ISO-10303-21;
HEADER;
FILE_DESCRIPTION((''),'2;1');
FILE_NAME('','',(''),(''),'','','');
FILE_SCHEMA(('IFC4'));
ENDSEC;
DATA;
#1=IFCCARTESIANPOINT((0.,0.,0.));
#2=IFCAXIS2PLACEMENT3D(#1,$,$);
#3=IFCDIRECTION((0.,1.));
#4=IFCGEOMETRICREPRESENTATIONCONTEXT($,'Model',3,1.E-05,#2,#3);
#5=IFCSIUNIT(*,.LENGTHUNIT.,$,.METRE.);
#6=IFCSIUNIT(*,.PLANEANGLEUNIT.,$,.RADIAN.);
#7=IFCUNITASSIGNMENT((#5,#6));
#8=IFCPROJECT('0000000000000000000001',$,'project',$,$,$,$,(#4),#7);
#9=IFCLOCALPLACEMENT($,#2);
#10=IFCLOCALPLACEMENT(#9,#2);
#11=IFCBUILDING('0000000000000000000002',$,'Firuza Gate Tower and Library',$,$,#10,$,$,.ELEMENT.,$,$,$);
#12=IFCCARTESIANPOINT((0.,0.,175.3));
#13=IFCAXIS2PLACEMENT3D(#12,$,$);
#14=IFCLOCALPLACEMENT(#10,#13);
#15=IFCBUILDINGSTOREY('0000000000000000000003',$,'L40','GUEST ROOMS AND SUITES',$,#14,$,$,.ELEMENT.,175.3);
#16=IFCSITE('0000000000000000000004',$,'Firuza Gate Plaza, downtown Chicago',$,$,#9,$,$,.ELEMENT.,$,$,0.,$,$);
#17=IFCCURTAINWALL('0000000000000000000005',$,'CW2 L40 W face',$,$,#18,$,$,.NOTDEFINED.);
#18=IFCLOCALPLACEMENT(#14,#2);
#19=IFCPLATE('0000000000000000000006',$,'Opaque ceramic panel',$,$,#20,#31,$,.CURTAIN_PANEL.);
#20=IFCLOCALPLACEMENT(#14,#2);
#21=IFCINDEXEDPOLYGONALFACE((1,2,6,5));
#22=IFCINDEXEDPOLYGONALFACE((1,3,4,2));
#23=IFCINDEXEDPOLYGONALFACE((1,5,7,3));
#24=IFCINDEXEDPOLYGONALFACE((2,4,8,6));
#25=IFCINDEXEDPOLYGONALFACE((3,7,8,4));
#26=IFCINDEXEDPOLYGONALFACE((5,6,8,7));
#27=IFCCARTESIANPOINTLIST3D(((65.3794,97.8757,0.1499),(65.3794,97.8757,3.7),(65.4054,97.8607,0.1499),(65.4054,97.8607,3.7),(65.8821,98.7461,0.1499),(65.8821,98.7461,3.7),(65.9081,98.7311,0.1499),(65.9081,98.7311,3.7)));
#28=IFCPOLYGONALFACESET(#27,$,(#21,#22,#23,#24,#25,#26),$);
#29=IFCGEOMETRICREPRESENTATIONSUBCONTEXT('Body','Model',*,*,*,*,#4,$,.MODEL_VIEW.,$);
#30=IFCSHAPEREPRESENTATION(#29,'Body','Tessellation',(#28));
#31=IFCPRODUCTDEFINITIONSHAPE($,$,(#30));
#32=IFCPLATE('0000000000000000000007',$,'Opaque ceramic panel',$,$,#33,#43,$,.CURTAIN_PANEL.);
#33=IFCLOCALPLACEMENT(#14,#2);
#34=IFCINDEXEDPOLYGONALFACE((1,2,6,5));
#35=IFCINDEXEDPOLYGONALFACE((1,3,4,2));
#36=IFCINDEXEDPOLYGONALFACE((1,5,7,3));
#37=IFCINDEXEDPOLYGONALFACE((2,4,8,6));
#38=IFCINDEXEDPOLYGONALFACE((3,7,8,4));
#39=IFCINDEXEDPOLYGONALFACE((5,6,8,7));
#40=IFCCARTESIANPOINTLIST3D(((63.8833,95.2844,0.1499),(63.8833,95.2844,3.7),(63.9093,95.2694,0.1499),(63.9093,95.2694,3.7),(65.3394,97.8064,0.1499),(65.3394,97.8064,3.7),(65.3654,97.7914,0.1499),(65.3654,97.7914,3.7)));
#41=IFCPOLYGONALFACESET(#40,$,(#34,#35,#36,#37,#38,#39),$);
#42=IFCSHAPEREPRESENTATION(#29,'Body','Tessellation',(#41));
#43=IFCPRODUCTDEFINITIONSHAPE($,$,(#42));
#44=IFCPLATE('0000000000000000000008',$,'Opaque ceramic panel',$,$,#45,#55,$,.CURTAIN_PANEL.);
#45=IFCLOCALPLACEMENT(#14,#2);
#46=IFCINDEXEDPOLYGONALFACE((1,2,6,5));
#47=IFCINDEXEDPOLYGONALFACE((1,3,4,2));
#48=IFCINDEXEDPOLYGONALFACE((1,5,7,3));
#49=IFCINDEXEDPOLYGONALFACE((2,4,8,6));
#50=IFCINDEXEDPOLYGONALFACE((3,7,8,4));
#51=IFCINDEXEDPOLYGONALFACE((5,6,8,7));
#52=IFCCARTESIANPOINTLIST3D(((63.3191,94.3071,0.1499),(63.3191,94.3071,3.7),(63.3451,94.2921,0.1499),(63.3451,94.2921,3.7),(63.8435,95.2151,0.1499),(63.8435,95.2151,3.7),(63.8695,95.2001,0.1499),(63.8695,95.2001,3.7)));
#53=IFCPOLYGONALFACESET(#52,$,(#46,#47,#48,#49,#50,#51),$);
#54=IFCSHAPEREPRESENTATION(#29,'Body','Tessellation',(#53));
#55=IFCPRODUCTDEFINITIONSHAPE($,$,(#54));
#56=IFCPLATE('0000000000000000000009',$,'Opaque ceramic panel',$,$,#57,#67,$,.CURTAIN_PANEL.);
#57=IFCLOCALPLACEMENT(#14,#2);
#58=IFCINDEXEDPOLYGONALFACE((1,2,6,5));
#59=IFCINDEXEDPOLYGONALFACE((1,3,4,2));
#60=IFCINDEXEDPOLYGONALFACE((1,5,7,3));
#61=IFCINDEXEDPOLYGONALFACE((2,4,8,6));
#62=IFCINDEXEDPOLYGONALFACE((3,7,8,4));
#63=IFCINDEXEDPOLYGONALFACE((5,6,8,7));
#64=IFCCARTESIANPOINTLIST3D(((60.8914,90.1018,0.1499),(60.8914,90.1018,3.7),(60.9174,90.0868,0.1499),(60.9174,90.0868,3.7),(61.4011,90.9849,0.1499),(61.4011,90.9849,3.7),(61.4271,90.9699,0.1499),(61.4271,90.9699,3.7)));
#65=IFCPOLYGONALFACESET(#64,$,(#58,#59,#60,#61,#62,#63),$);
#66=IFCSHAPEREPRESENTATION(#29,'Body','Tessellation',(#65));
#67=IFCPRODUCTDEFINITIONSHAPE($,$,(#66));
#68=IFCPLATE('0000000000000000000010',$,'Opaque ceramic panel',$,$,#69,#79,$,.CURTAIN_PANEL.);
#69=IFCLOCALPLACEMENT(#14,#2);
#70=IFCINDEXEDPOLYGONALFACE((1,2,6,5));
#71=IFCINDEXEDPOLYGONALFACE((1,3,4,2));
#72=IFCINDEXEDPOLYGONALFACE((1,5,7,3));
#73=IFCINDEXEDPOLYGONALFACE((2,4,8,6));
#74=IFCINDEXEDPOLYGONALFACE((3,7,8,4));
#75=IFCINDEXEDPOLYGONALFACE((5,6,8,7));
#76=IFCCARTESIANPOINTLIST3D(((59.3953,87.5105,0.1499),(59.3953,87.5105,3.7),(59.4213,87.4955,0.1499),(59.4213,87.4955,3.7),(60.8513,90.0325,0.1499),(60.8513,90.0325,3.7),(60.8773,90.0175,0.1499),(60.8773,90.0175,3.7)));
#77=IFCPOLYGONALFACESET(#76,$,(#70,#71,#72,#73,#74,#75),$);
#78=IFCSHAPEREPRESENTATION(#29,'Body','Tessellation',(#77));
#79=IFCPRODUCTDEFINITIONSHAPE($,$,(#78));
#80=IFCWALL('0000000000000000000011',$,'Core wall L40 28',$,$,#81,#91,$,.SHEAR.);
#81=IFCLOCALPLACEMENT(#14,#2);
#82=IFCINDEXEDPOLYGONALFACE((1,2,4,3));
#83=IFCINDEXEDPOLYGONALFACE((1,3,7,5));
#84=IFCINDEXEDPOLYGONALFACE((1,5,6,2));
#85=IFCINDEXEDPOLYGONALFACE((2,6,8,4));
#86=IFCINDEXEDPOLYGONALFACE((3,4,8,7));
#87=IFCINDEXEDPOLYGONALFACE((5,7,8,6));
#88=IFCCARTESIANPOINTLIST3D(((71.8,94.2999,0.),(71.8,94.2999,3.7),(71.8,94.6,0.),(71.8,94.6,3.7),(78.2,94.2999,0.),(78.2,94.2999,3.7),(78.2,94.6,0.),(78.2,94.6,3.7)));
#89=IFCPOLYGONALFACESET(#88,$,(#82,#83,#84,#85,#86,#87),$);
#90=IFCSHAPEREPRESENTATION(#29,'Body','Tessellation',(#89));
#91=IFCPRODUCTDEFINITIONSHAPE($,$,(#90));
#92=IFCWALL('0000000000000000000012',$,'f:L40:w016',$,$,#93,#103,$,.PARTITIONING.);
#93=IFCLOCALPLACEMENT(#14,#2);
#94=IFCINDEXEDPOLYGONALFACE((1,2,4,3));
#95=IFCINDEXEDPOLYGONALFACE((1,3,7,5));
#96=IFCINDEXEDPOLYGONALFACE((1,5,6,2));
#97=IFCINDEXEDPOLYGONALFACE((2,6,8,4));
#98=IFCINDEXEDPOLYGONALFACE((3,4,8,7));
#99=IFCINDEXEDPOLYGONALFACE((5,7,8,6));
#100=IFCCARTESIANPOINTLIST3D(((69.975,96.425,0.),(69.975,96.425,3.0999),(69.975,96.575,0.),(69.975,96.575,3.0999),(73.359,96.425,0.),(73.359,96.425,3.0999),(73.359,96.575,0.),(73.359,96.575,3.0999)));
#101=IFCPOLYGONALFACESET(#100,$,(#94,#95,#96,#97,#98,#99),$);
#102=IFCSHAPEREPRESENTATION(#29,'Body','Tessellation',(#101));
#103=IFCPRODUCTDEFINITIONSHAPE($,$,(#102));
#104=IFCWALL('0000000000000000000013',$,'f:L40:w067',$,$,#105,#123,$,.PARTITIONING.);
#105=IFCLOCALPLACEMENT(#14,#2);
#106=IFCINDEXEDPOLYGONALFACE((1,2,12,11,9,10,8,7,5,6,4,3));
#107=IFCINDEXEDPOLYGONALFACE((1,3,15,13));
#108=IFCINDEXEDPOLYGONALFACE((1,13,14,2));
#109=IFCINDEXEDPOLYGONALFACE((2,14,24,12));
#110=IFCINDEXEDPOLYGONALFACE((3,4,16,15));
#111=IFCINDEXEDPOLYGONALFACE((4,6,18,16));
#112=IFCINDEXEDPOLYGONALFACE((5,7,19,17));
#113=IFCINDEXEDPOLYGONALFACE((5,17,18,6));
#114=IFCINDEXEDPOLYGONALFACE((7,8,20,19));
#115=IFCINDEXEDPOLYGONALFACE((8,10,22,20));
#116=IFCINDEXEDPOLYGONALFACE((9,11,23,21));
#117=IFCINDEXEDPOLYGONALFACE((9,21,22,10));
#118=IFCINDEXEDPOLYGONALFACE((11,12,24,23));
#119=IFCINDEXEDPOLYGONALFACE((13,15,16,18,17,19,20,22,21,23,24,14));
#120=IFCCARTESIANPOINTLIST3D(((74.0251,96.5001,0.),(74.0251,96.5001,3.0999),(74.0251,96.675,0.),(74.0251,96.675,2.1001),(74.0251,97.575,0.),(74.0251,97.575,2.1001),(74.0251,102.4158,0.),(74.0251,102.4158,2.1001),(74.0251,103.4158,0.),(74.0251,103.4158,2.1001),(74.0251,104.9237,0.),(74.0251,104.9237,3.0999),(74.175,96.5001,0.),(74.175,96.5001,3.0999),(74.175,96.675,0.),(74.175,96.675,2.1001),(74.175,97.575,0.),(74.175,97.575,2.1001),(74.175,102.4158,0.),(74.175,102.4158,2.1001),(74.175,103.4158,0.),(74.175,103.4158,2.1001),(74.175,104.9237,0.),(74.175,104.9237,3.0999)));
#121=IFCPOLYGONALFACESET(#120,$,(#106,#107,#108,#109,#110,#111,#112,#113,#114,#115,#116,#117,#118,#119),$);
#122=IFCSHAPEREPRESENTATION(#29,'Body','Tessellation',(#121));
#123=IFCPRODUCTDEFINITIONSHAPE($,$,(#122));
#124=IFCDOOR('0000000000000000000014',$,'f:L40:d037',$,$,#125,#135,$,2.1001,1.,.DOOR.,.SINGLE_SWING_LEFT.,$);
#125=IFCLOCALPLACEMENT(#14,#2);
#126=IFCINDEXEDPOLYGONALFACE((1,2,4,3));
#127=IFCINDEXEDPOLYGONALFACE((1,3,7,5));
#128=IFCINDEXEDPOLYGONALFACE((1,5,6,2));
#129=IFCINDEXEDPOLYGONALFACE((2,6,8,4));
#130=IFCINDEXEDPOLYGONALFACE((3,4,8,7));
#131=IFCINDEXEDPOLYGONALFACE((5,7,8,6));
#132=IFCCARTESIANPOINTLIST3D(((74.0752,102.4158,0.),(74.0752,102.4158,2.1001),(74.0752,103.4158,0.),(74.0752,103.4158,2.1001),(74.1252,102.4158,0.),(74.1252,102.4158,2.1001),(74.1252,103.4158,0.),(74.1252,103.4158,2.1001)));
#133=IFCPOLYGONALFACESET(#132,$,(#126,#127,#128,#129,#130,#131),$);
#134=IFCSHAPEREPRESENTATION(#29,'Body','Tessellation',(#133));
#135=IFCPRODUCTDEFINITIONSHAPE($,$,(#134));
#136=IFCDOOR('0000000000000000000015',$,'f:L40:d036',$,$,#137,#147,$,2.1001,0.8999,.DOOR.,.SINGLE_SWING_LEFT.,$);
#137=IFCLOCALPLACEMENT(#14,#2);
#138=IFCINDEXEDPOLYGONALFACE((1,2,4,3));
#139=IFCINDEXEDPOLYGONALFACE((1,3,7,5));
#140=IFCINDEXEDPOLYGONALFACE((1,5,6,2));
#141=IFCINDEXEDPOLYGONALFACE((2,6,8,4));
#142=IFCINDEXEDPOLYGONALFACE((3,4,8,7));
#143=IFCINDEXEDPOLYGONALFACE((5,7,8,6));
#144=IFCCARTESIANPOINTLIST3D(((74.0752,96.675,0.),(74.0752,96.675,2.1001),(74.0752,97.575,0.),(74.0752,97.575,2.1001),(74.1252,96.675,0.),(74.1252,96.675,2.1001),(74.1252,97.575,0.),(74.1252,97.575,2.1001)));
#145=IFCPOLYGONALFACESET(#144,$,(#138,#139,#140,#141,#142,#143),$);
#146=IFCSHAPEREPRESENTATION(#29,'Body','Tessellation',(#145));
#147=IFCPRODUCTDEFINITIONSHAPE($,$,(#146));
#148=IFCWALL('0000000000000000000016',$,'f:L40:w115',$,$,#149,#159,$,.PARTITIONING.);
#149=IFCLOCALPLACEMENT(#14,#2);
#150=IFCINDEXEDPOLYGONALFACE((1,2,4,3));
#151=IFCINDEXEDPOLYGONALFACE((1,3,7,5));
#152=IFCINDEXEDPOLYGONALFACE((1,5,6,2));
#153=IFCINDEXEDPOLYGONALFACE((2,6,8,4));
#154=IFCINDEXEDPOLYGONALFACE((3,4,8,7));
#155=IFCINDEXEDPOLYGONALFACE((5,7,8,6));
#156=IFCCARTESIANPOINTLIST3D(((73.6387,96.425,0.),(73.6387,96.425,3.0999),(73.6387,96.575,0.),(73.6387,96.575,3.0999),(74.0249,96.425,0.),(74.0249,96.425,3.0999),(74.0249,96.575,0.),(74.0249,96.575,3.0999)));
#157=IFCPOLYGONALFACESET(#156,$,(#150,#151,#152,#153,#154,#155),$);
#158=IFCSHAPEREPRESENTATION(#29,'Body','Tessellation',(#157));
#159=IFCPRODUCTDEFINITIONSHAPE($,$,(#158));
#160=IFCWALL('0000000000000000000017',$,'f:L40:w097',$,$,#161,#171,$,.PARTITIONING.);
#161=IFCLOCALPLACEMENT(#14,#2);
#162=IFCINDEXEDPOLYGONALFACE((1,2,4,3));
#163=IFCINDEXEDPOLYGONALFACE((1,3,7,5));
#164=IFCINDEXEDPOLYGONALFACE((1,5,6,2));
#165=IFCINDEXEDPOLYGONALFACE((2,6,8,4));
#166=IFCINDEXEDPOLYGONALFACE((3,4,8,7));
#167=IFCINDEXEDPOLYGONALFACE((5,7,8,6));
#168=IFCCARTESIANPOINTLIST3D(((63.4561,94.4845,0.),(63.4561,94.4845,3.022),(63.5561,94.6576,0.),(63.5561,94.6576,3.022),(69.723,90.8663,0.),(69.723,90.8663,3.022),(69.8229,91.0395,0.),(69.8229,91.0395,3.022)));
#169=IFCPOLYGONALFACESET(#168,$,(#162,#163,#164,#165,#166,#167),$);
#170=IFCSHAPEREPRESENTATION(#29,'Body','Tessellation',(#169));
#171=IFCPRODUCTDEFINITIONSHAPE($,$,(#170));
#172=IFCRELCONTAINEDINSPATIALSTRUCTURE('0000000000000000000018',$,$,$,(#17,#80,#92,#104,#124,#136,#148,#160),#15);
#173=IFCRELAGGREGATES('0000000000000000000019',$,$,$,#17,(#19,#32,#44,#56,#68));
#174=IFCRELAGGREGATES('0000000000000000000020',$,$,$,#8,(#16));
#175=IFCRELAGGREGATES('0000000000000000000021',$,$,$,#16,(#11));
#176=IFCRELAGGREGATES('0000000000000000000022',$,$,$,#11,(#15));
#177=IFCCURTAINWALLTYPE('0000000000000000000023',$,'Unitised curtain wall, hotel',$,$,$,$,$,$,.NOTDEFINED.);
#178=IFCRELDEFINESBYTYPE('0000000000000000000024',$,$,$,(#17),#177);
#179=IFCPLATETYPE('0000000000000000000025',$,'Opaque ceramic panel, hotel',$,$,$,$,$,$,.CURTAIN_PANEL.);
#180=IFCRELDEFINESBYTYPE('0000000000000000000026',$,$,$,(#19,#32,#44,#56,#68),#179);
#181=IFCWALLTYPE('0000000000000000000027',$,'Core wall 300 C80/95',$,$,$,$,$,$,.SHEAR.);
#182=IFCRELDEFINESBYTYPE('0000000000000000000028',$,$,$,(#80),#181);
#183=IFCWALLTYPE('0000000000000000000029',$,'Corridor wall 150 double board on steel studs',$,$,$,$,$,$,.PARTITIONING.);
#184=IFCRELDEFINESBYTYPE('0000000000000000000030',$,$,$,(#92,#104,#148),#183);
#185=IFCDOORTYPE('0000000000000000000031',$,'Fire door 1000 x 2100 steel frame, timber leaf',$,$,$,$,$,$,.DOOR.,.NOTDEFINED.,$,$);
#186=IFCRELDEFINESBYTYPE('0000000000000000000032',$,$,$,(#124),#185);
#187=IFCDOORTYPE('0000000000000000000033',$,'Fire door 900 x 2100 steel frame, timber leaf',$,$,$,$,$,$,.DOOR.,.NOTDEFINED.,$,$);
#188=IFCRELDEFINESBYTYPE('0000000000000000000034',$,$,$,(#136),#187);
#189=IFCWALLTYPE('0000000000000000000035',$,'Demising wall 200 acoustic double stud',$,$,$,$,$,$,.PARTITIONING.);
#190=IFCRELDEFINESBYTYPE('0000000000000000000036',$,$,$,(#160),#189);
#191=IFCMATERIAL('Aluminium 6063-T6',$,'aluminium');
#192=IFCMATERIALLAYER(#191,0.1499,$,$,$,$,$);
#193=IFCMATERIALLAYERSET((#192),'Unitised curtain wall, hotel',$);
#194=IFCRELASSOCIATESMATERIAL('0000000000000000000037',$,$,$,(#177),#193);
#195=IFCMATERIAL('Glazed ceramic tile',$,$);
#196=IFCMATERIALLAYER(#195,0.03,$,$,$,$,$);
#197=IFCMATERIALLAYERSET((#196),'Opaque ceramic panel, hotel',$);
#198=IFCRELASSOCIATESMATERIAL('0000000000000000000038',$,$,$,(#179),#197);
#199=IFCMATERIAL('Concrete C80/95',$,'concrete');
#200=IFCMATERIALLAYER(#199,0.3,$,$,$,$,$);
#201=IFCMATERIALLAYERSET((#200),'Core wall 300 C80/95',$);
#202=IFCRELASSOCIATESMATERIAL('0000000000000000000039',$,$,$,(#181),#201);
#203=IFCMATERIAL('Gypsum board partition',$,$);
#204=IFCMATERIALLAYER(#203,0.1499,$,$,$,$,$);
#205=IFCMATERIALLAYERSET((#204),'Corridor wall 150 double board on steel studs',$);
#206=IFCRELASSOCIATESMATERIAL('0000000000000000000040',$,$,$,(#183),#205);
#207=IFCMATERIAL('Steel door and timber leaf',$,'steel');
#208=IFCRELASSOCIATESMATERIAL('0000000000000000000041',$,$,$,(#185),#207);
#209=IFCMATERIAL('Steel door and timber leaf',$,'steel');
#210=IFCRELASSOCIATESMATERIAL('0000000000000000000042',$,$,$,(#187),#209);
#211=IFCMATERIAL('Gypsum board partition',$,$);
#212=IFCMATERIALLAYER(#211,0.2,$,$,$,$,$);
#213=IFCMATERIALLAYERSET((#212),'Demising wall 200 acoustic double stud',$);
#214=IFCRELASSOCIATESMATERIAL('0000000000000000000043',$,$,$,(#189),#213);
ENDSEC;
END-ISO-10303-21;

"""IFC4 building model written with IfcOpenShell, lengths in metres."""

from ifc_helpers import new_model, si_unit, direction, frame, frame_2d, origin, place, context, subcontext, project, spatial, polyline, rectangle, outline, extrude, material, layer, layer_set, type_object, element, fill, aggregate, save


model = new_model("IFC4")

# Units and contexts
model_context = context("Model", 3, precision=1e-05, world=origin(), true_north=direction((0.0, 1.0)))
body_context = subcontext(model_context, "Body", "Model", "MODEL_VIEW")
ifc_project = project(units=[si_unit("LENGTHUNIT", "METRE"), si_unit("PLANEANGLEUNIT", "RADIAN")], contexts=[model_context])

# Site, building, storey
site_placement = place(None, origin())
site = spatial("IfcSite", under=ifc_project, at=site_placement, Name="Firuza Gate Plaza, downtown Chicago", CompositionType="ELEMENT", RefElevation=0.0)
building_placement = place(site_placement, origin())
building = spatial("IfcBuilding", under=site, at=building_placement, Name="Firuza Gate Tower and Library", CompositionType="ELEMENT")
storey_placement = place(building_placement, frame((0.0, 0.0, 175.3)))
storey = spatial("IfcBuildingStorey", under=building, at=storey_placement, Name="L40", Description="GUEST ROOMS AND SUITES", CompositionType="ELEMENT", Elevation=175.3)

# Curtain wall
ifc_material_1 = material(Name="Aluminium 6063-T6", Category="aluminium")
ifc_layer_1 = layer(ifc_material_1, 0.1499)
ifc_layer_set_1 = layer_set([ifc_layer_1], Name="Unitised curtain wall, hotel")
curtain_wall_type = type_object("IfcCurtainWallType", Name="Unitised curtain wall, hotel", PredefinedType="NOTDEFINED", material=ifc_layer_set_1)
placement = place(storey_placement, origin())
curtain_wall = element("IfcCurtainWall", 1, at=placement, inside=storey, type_object=curtain_wall_type, Name="CW2 L40 W face", PredefinedType="NOTDEFINED")

# Plates
ifc_material_2 = material(Name="Glazed ceramic tile")
ifc_layer_2 = layer(ifc_material_2, 0.03)
ifc_layer_set_2 = layer_set([ifc_layer_2], Name="Opaque ceramic panel, hotel")
plate_type_1 = type_object("IfcPlateType", Name="Opaque ceramic panel, hotel", PredefinedType="CURTAIN_PANEL", material=ifc_layer_set_2)
plate_1_placement = place(storey_placement, frame((65.8821, 98.7461, 0.1499), z_axis=(-0.865947, 0.500136, 0.0), x_axis=(-0.500136, -0.865947, 0.0)))
plate_1 = element("IfcPlate", 2, at=plate_1_placement, type_object=plate_type_1, Name="Opaque ceramic panel", PredefinedType="CURTAIN_PANEL", context=body_context, shape_type="SweptSolid", body=[
    extrude(outline(polyline([(0.0, 0.0), (1.0051, 0.0), (1.0051, 3.55), (0.0, 3.55), (0.0, 0.0)])), origin(), (0.0, 0.0, -1.0), 0.03),
])
plate_2_placement = place(storey_placement, frame((65.3394, 97.8064, 0.1499), z_axis=(-0.866026, 0.499998, 0.0), x_axis=(-0.499998, -0.866026, 0.0)))
plate_2 = element("IfcPlate", 3, at=plate_2_placement, type_object=plate_type_1, Name="Opaque ceramic panel", PredefinedType="CURTAIN_PANEL", context=body_context, shape_type="SweptSolid", body=[
    extrude(outline(polyline([(0.0, 0.0), (2.9121, 0.0), (2.9121, 3.55), (0.0, 3.55), (0.0, 0.0)])), origin(), (0.0, 0.0, -1.0), 0.03),
])
plate_3_placement = place(storey_placement, frame((63.8435, 95.2151, 0.1499), z_axis=(-0.865941, 0.500146, 0.0), x_axis=(-0.500146, -0.865941, 0.0)))
plate_3 = element("IfcPlate", 4, at=plate_3_placement, type_object=plate_type_1, Name="Opaque ceramic panel", PredefinedType="CURTAIN_PANEL", context=body_context, shape_type="SweptSolid", body=[
    extrude(outline(polyline([(0.0, 0.0), (1.0485, 0.0), (1.0485, 3.55), (0.0, 3.55), (0.0, 0.0)])), origin(), (0.0, 0.0, -1.0), 0.03),
])
plate_4_placement = place(storey_placement, frame((61.4011, 90.9849, 0.1499), z_axis=(-0.866054, 0.49995, 0.0), x_axis=(-0.49995, -0.866054, 0.0)))
plate_4 = element("IfcPlate", 5, at=plate_4_placement, type_object=plate_type_1, Name="Opaque ceramic panel", PredefinedType="CURTAIN_PANEL", context=body_context, shape_type="SweptSolid", body=[
    extrude(outline(polyline([(0.0, 0.0), (1.0196, 0.0), (1.0196, 3.55), (0.0, 3.55), (0.0, 0.0)])), origin(), (0.0, 0.0, -1.0), 0.03),
])
plate_5_placement = place(storey_placement, frame((60.8513, 90.0325, 0.1499), z_axis=(-0.866026, 0.499998, 0.0), x_axis=(-0.499998, -0.866026, 0.0)))
plate_5 = element("IfcPlate", 6, at=plate_5_placement, type_object=plate_type_1, Name="Opaque ceramic panel", PredefinedType="CURTAIN_PANEL", context=body_context, shape_type="SweptSolid", body=[
    extrude(outline(polyline([(0.0, 0.0), (2.9121, 0.0), (2.9121, 3.55), (0.0, 3.55), (0.0, 0.0)])), origin(), (0.0, 0.0, -1.0), 0.03),
])
aggregate(curtain_wall, [plate_1, plate_2, plate_3, plate_4, plate_5])

# Walls
ifc_material_3 = material(Name="Concrete C80/95", Category="concrete")
ifc_layer_3 = layer(ifc_material_3, 0.3)
ifc_layer_set_3 = layer_set([ifc_layer_3], Name="Core wall 300 C80/95")
wall_type_1 = type_object("IfcWallType", Name="Core wall 300 C80/95", PredefinedType="SHEAR", material=ifc_layer_set_3)
wall_1_placement = place(storey_placement, frame((71.8, 94.45, 0.0), z_axis=(0.0, 0.0, 1.0), x_axis=(1.0, 0.0, 0.0)))
element("IfcWall", 7, at=wall_1_placement, inside=storey, type_object=wall_type_1, Name="Core wall L40 28", PredefinedType="SHEAR", context=body_context, shape_type="SweptSolid", body=[
    extrude(rectangle(XDim=6.3999, YDim=0.3, at=frame_2d((3.2, 0.0))), origin(), (0.0, 0.0, 1.0), 3.7),
])
ifc_material_4 = material(Name="Gypsum board partition")
ifc_layer_4 = layer(ifc_material_4, 0.1499)
ifc_layer_set_4 = layer_set([ifc_layer_4], Name="Corridor wall 150 double board on steel studs")
wall_type_2 = type_object("IfcWallType", Name="Corridor wall 150 double board on steel studs", PredefinedType="PARTITIONING", material=ifc_layer_set_4)
wall_2_placement = place(storey_placement, frame((69.9751, 96.5, 0.0), z_axis=(0.0, 0.0, 1.0), x_axis=(1.0, 0.0, 0.0)))
element("IfcWall", 8, at=wall_2_placement, inside=storey, type_object=wall_type_2, Name="f:L40:w016", PredefinedType="PARTITIONING", context=body_context, shape_type="SweptSolid", body=[
    extrude(rectangle(XDim=3.384, YDim=0.1499, at=frame_2d((1.6919, 0.0))), origin(), (0.0, 0.0, 1.0), 3.0999),
])

# Wall, openings, doors
wall_3_placement = place(storey_placement, frame((74.1001, 96.5, 0.0), z_axis=(0.0, 0.0, 1.0), x_axis=(0.0, 1.0, 0.0)))
wall_3 = element("IfcWall", 9, at=wall_3_placement, inside=storey, type_object=wall_type_2, Name="f:L40:w067", PredefinedType="PARTITIONING", context=body_context, shape_type="SweptSolid", body=[
    extrude(rectangle(XDim=8.4236, YDim=0.1499, at=frame_2d((4.2119, 0.0))), origin(), (0.0, 0.0, 1.0), 3.0999),
])
opening_1_placement = place(wall_3_placement, frame((0.175, 0.0, 0.0)))
opening_1 = element("IfcOpeningElement", 10, at=opening_1_placement, cuts=wall_3, PredefinedType="OPENING", context=body_context, shape_type="SweptSolid", body=[
    extrude(rectangle(XDim=0.8999, YDim=2.1001, at=frame_2d((0.45, 1.05))), frame((0.0, 0.085, 0.0), z_axis=(0.0, -1.0, 0.0), x_axis=(1.0, 0.0, 0.0)), (0.0, 0.0, 1.0), 0.1699),
])
opening_2_placement = place(wall_3_placement, frame((5.9158, 0.0, 0.0)))
opening_2 = element("IfcOpeningElement", 11, at=opening_2_placement, cuts=wall_3, PredefinedType="OPENING", context=body_context, shape_type="SweptSolid", body=[
    extrude(rectangle(XDim=1.0, YDim=2.1001, at=frame_2d((0.5, 1.05))), frame((0.0, 0.085, 0.0), z_axis=(0.0, -1.0, 0.0), x_axis=(1.0, 0.0, 0.0)), (0.0, 0.0, 1.0), 0.1699),
])
ifc_material_5 = material(Name="Steel door and timber leaf", Category="steel")
door_type_1 = type_object("IfcDoorType", Name="Fire door 1000 x 2100 steel frame, timber leaf", OperationType="NOTDEFINED", PredefinedType="DOOR", material=ifc_material_5)
door_1_placement = place(opening_2_placement, origin())
door_1 = element("IfcDoor", 12, at=door_1_placement, inside=storey, type_object=door_type_1, Name="f:L40:d037", OperationType="SINGLE_SWING_LEFT", OverallHeight=2.1001, OverallWidth=1.0, PredefinedType="DOOR", context=body_context, shape_type="SweptSolid", body=[
    extrude(rectangle(XDim=1.0, YDim=2.1001, at=frame_2d((0.5, 1.05))), frame((0.0, 0.0249, 0.0), z_axis=(0.0, -1.0, 0.0), x_axis=(1.0, 0.0, 0.0)), (0.0, 0.0, 1.0), 0.05),
])
fill(opening_2, door_1)
ifc_material_6 = material(Name="Steel door and timber leaf", Category="steel")
door_type_2 = type_object("IfcDoorType", Name="Fire door 900 x 2100 steel frame, timber leaf", OperationType="NOTDEFINED", PredefinedType="DOOR", material=ifc_material_6)
door_2_placement = place(opening_1_placement, origin())
door_2 = element("IfcDoor", 13, at=door_2_placement, inside=storey, type_object=door_type_2, Name="f:L40:d036", OperationType="SINGLE_SWING_LEFT", OverallHeight=2.1001, OverallWidth=0.8999, PredefinedType="DOOR", context=body_context, shape_type="SweptSolid", body=[
    extrude(rectangle(XDim=0.8999, YDim=2.1001, at=frame_2d((0.45, 1.05))), frame((0.0, 0.0249, 0.0), z_axis=(0.0, -1.0, 0.0), x_axis=(1.0, 0.0, 0.0)), (0.0, 0.0, 1.0), 0.05),
])
fill(opening_1, door_2)

# Walls
wall_4_placement = place(storey_placement, frame((73.6387, 96.5, 0.0), z_axis=(0.0, 0.0, 1.0), x_axis=(1.0, 0.0, 0.0)))
element("IfcWall", 14, at=wall_4_placement, inside=storey, type_object=wall_type_2, Name="f:L40:w115", PredefinedType="PARTITIONING", context=body_context, shape_type="SweptSolid", body=[
    extrude(rectangle(XDim=0.3862, YDim=0.1499, at=frame_2d((0.1931, 0.0))), origin(), (0.0, 0.0, 1.0), 3.0999),
])
ifc_material_7 = material(Name="Gypsum board partition")
ifc_layer_5 = layer(ifc_material_7, 0.2)
ifc_layer_set_5 = layer_set([ifc_layer_5], Name="Demising wall 200 acoustic double stud")
wall_type_3 = type_object("IfcWallType", Name="Demising wall 200 acoustic double stud", PredefinedType="PARTITIONING", material=ifc_layer_set_5)
wall_5_placement = place(storey_placement, frame((69.7729, 90.9529, 0.0), z_axis=(0.0, 0.0, 1.0), x_axis=(-0.866025, 0.5, 0.0)))
element("IfcWall", 15, at=wall_5_placement, inside=storey, type_object=wall_type_3, Name="f:L40:w097", PredefinedType="PARTITIONING", context=body_context, shape_type="SweptSolid", body=[
    extrude(rectangle(XDim=7.2363, YDim=0.2, at=frame_2d((3.6182, 0.0))), origin(), (0.0, 0.0, 1.0), 3.022),
])

save(model, "model.ifc")
